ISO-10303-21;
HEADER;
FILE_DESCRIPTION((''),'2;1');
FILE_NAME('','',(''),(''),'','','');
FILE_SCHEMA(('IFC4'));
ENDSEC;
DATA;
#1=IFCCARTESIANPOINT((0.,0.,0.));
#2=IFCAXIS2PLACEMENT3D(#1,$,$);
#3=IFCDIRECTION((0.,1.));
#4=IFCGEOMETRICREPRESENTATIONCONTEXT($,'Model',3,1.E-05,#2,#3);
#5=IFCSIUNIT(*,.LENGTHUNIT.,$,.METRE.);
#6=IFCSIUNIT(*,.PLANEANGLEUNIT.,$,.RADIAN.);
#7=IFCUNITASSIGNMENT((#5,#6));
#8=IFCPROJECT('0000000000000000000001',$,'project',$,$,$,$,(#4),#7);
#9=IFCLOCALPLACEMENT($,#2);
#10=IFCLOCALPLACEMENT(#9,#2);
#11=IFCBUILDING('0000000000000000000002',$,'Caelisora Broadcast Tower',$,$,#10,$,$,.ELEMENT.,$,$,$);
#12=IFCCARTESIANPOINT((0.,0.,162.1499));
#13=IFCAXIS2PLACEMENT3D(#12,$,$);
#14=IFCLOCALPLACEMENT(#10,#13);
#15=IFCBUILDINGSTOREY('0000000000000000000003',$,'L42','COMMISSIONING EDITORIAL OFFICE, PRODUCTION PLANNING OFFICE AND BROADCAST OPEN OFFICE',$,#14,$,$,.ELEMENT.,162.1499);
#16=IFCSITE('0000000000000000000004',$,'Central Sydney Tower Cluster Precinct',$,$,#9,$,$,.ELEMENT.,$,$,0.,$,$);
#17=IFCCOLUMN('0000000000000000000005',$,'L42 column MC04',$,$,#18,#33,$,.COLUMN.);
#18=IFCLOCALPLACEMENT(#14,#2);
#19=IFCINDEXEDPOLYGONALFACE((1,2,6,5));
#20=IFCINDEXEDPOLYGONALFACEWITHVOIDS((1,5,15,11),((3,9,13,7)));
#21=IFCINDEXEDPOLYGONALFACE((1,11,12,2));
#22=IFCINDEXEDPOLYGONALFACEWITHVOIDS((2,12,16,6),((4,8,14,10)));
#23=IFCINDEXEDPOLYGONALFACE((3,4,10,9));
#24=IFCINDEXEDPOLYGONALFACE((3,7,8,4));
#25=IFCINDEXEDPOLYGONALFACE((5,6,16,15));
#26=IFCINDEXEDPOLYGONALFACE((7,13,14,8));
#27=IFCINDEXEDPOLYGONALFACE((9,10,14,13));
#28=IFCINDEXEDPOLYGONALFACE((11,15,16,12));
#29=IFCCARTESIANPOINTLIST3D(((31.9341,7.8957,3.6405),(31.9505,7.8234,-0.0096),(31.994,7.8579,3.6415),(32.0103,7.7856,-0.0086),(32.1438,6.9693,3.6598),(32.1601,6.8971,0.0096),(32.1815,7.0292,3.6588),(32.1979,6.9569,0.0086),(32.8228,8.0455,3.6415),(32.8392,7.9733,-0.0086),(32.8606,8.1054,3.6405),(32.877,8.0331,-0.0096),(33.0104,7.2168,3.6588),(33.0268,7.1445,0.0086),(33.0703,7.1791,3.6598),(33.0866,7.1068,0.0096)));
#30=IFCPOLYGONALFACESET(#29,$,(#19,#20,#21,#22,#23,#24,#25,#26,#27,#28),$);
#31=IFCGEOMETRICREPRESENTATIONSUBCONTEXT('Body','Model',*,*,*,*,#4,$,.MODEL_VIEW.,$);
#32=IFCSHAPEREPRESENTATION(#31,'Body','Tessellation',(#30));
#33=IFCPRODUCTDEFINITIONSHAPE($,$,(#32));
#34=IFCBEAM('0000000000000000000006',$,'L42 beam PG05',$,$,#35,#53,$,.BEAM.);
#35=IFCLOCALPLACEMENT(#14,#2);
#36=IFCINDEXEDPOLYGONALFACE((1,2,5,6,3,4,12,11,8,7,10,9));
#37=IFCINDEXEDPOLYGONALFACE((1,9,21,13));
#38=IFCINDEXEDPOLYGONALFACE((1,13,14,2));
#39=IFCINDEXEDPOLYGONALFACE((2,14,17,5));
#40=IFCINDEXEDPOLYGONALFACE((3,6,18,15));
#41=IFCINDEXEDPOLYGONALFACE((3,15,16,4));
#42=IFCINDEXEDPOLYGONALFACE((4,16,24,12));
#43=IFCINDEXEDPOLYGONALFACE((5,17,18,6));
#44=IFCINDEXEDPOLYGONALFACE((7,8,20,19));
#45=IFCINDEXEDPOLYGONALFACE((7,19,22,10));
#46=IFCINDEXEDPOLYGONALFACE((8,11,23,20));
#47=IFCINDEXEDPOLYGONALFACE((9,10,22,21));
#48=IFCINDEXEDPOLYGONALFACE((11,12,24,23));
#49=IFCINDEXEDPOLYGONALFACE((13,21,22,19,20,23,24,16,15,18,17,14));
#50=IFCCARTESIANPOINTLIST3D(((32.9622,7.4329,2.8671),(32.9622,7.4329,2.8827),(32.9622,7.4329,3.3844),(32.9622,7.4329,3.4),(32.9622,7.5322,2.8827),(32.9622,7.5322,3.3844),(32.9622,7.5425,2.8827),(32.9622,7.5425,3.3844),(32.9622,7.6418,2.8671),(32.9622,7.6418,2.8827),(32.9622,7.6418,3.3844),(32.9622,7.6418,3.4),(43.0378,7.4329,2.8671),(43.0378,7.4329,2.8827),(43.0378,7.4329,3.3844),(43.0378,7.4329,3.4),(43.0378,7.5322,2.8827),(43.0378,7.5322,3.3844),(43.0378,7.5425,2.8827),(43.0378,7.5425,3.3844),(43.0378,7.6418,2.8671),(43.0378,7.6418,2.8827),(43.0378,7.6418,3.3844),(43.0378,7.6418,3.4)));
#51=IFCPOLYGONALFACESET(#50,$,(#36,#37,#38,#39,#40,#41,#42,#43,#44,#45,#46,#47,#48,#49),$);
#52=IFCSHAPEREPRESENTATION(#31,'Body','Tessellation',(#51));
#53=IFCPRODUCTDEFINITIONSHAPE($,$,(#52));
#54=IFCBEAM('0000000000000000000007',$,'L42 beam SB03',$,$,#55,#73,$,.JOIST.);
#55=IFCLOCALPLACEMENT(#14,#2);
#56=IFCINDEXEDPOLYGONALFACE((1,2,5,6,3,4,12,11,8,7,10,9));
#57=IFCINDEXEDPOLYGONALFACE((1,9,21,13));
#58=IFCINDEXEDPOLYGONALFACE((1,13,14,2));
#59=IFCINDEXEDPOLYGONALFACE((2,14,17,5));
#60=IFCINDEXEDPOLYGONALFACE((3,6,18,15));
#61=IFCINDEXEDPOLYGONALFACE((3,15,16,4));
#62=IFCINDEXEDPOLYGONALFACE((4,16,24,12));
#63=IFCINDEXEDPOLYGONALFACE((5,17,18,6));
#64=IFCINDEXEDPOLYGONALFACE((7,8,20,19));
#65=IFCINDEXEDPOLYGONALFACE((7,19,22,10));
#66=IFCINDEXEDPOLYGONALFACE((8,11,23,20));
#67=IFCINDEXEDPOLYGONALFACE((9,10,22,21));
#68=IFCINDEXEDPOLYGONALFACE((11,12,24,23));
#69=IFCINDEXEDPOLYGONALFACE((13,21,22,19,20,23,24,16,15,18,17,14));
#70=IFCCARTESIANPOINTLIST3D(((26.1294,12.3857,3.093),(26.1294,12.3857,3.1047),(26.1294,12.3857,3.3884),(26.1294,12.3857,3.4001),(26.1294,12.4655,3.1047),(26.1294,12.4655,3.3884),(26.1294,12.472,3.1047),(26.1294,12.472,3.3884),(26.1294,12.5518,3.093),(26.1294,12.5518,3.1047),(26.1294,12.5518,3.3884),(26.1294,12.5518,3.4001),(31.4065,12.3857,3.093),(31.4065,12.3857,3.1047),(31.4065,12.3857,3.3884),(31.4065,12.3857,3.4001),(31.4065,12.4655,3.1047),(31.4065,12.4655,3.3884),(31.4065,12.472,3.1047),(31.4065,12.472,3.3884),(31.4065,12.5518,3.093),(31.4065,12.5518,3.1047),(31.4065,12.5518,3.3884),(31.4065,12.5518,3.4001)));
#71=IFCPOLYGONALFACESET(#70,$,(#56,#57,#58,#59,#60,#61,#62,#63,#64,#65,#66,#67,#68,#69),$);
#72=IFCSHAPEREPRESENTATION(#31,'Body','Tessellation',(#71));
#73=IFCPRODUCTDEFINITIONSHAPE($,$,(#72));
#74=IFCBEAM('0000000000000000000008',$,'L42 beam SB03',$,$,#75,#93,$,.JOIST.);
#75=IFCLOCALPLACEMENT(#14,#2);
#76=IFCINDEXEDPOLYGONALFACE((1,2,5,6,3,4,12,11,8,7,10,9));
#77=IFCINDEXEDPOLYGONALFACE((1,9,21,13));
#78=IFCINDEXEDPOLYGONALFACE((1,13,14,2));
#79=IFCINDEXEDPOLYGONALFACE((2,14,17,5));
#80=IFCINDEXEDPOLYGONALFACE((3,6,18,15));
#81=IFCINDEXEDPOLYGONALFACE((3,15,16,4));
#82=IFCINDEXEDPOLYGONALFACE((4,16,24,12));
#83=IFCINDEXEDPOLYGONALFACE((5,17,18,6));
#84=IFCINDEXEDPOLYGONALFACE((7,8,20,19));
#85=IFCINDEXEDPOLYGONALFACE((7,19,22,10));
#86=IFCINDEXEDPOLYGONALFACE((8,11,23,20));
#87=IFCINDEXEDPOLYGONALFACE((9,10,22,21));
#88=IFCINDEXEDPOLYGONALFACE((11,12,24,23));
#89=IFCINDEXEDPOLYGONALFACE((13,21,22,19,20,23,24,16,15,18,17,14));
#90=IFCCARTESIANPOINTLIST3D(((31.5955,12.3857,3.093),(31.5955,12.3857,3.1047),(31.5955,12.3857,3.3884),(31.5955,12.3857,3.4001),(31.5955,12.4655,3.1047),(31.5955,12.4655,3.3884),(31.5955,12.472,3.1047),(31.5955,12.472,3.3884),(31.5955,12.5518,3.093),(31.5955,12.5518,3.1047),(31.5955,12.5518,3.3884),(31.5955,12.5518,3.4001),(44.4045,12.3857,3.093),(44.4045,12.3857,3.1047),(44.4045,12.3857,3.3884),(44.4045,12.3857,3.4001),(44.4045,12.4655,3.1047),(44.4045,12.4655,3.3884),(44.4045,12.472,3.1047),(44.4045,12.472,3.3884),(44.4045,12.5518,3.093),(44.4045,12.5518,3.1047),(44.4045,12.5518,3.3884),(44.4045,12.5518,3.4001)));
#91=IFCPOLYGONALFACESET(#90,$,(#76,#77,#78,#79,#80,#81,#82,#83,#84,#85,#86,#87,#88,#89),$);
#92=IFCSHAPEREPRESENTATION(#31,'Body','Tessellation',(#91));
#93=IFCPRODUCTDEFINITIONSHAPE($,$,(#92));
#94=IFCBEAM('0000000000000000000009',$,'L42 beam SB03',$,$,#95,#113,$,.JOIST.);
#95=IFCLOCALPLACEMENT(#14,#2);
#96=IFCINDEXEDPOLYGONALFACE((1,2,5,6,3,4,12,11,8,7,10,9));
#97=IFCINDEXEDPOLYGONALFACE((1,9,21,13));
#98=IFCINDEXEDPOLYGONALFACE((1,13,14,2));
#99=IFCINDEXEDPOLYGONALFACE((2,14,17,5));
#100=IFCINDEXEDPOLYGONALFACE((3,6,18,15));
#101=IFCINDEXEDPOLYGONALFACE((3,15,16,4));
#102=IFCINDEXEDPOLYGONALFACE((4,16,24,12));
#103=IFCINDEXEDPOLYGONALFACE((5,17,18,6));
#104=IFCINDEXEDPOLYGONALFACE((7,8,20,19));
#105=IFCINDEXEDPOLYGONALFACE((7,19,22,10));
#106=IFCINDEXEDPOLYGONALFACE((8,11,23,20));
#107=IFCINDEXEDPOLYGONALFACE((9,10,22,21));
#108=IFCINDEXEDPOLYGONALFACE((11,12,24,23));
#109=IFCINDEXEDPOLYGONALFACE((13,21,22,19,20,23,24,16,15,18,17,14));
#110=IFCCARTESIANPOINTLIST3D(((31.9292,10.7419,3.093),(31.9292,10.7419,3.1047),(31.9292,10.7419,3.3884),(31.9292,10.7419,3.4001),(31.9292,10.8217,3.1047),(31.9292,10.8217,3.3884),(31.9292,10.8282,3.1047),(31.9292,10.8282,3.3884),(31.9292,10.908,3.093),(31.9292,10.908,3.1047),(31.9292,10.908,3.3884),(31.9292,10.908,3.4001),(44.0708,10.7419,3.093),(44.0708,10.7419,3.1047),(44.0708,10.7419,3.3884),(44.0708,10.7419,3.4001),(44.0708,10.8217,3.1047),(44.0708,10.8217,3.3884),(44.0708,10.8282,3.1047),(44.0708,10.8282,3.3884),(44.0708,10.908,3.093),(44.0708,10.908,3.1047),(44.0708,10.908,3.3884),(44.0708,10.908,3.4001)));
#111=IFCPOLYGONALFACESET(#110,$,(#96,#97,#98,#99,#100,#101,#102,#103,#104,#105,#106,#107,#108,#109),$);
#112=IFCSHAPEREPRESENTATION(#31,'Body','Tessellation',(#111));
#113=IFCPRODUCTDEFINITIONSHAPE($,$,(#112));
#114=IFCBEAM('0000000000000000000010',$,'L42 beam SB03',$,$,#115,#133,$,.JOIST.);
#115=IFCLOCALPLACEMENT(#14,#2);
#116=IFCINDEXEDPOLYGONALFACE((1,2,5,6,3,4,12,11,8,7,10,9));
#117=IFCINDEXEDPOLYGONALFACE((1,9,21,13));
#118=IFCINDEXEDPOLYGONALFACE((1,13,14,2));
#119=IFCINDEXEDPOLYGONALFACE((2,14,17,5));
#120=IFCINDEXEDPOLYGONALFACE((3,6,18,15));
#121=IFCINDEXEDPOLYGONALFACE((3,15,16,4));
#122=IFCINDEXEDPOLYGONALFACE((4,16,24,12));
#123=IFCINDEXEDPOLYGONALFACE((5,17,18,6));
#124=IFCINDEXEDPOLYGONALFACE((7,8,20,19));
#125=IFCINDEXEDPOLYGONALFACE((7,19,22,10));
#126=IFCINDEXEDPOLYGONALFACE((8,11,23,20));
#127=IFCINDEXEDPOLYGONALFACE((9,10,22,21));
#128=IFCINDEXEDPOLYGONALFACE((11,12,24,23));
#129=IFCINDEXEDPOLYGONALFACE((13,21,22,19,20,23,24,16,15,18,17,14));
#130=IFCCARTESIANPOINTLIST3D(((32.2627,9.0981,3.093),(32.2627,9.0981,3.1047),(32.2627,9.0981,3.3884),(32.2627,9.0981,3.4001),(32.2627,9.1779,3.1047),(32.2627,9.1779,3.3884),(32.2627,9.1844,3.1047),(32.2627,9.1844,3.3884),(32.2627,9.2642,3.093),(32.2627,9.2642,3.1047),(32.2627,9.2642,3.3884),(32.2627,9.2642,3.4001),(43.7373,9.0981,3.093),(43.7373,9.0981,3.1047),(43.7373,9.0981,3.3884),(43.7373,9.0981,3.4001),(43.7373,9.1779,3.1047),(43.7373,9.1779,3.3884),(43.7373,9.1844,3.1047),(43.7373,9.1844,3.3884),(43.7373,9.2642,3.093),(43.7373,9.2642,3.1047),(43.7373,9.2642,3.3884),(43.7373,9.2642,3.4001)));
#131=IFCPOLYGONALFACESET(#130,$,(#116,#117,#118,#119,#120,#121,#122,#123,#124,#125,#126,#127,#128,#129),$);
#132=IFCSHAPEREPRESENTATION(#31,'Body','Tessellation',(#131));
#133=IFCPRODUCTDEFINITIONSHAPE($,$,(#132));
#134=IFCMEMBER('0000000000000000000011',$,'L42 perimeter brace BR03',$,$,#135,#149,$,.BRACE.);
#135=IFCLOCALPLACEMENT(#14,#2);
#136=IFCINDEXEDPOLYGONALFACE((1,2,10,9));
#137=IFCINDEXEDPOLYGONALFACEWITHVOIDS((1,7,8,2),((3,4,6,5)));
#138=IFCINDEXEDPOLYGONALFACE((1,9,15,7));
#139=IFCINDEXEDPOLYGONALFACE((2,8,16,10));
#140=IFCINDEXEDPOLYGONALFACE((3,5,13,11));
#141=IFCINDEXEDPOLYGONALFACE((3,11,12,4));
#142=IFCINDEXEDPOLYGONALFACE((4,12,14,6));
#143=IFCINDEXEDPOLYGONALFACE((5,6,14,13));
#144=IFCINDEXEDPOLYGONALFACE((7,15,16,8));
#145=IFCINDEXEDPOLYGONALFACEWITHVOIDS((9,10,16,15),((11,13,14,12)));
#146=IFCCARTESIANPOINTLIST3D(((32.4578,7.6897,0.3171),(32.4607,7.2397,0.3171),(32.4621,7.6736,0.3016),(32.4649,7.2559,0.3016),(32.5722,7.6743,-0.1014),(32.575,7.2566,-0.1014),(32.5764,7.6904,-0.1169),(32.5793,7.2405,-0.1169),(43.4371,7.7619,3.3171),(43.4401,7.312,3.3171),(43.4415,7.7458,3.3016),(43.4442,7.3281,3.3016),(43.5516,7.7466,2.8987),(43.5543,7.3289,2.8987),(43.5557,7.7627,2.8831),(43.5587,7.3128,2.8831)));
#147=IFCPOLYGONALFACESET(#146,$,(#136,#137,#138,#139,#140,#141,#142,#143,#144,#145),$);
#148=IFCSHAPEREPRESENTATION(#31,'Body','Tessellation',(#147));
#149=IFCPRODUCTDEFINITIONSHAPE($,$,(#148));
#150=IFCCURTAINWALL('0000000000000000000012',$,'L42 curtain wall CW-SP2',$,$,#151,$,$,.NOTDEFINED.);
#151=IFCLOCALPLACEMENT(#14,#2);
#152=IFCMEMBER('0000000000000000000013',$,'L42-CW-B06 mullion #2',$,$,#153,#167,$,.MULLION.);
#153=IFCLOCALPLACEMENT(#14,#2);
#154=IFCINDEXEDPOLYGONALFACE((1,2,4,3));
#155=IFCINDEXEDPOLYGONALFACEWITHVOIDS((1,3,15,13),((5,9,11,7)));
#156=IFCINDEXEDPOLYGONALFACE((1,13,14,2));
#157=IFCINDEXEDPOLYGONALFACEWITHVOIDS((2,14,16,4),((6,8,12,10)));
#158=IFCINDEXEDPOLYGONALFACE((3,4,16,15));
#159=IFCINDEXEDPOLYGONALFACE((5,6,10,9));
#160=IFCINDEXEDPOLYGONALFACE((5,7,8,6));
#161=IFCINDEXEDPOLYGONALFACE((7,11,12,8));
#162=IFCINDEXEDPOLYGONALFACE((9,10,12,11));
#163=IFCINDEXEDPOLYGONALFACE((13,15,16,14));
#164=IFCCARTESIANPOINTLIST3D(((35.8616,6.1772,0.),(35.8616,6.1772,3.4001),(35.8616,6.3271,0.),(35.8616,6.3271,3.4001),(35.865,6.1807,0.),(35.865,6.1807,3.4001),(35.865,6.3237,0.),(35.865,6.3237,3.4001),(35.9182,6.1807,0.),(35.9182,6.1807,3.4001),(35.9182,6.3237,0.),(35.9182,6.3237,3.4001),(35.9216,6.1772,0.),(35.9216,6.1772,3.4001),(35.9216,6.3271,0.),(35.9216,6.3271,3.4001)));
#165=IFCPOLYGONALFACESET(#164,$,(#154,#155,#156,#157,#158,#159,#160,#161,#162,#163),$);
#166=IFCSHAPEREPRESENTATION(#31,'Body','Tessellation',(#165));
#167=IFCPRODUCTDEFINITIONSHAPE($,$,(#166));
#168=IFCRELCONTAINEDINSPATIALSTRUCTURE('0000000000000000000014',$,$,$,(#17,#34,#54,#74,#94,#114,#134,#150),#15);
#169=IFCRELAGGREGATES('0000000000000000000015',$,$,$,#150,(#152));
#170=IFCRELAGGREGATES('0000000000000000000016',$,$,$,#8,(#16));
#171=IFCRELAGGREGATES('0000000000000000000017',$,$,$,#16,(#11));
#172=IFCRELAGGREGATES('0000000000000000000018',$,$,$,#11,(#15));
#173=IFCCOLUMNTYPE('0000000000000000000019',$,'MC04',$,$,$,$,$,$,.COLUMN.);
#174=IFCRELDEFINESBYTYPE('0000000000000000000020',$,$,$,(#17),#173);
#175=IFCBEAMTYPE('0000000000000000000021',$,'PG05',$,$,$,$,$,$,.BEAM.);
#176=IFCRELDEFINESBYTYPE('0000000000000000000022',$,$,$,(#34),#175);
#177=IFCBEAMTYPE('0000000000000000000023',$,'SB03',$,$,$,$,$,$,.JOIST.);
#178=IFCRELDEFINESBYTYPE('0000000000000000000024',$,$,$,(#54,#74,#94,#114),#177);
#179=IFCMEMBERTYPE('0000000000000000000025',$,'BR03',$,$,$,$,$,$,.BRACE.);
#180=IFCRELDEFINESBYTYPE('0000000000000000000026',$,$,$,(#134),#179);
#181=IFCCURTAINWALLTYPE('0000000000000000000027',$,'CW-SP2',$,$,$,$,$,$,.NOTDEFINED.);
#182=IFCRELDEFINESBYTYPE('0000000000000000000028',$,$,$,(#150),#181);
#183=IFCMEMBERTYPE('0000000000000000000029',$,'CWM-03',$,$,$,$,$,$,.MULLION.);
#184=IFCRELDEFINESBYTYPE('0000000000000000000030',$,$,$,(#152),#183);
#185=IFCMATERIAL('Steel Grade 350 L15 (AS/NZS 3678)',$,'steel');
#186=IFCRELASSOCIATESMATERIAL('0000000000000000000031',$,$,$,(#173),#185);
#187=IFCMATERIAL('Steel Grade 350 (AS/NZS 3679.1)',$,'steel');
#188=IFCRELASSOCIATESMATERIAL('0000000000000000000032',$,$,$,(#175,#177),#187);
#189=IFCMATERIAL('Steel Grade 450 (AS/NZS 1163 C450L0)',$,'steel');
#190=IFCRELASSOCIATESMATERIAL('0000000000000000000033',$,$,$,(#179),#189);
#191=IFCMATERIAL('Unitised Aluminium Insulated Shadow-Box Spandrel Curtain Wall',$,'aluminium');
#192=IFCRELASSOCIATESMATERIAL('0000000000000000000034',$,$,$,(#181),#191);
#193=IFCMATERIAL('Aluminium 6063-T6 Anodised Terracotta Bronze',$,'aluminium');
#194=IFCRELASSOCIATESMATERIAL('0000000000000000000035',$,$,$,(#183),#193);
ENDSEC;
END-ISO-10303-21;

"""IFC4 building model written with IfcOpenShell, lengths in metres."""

from ifc_helpers import new_model, si_unit, direction, frame, origin, origin_2d, place, context, subcontext, project, spatial, hollow_rectangle, i_section, extrude, source, transform, mapped, material, material_profile, profile_set, type_object, type_shapes, element, aggregate, save


model = new_model("IFC4")

# Units and contexts
model_context = context("Model", 3, precision=1e-05, world=origin(), true_north=direction((0.0, 1.0)))
body_context = subcontext(model_context, "Body", "Model", "MODEL_VIEW")
ifc_project = project(units=[si_unit("LENGTHUNIT", "METRE"), si_unit("PLANEANGLEUNIT", "RADIAN")], contexts=[model_context])

# Site, building, storey
site_placement = place(None, origin())
site = spatial("IfcSite", under=ifc_project, at=site_placement, Name="Central Sydney Tower Cluster Precinct", CompositionType="ELEMENT", RefElevation=0.0)
building_placement = place(site_placement, origin())
building = spatial("IfcBuilding", under=site, at=building_placement, Name="Caelisora Broadcast Tower", CompositionType="ELEMENT")
storey_placement = place(building_placement, frame((0.0, 0.0, 162.1499)))
storey = spatial("IfcBuildingStorey", under=building, at=storey_placement, Name="L42", Description="COMMISSIONING EDITORIAL OFFICE, PRODUCTION PLANNING OFFICE AND BROADCAST OPEN OFFICE", CompositionType="ELEMENT", Elevation=162.1499)

# Column
ifc_material_1 = material(Name="Steel Grade 350 L15 (AS/NZS 3678)", Category="steel")
ifc_material_profile_1 = material_profile(ifc_material_1, hollow_rectangle(XDim=0.95, YDim=0.95, WallThickness=0.05, at=origin_2d()), Name="Steel Grade 350 L15 (AS/NZS 3678)")
ifc_profile_set_1 = profile_set([ifc_material_profile_1], Name="Steel Grade 350 L15 (AS/NZS 3678)")
column_type = type_object("IfcColumnType", Name="MC04", PredefinedType="COLUMN", material=ifc_profile_set_1)
shared_shape_1 = source(origin(), body_context, "Body", "SweptSolid", [
    extrude(hollow_rectangle(XDim=0.95, YDim=0.95, WallThickness=0.05, at=origin_2d()), origin(), (0.0, 0.0, 1.0), 3.6509),
])
type_shapes(column_type, [shared_shape_1])
column_placement = place(storey_placement, frame((32.5186, 7.4651, 0.0), z_axis=(-0.00448, 0.019794, 0.999794), x_axis=(-0.975327, -0.220767, 0.0)))
element("IfcColumn", 1, at=column_placement, inside=storey, type_object=column_type, Name="L42 column MC04", PredefinedType="COLUMN", context=body_context, shape_type="MappedRepresentation", body=[
    mapped(shared_shape_1, transform((0.0, 0.0, 0.0), scale=1.0)),
])

# Beams
ifc_material_2 = material(Name="Steel Grade 350 (AS/NZS 3679.1)", Category="steel")
ifc_material_profile_2 = material_profile(ifc_material_2, i_section(OverallWidth=0.209, OverallDepth=0.533, WebThickness=0.0103, FlangeThickness=0.0156, at=origin_2d()), Name="Steel Grade 350 (AS/NZS 3679.1)")
ifc_profile_set_2 = profile_set([ifc_material_profile_2], Name="Steel Grade 350 (AS/NZS 3679.1)")
beam_type_1 = type_object("IfcBeamType", Name="PG05", PredefinedType="BEAM", material=ifc_profile_set_2)
shared_shape_2 = source(origin(), body_context, "Body", "SweptSolid", [
    extrude(i_section(OverallWidth=0.209, OverallDepth=0.533, WebThickness=0.0103, FlangeThickness=0.0156, at=origin_2d()), origin(), (0.0, 0.0, 1.0), 10.0757),
])
type_shapes(beam_type_1, [shared_shape_2])
beam_1_placement = place(storey_placement, frame((32.9622, 7.5374, 3.1335), z_axis=(1.0, 0.0, 0.0), x_axis=(0.0, 1.0, 0.0)))
element("IfcBeam", 2, at=beam_1_placement, inside=storey, type_object=beam_type_1, Name="L42 beam PG05", PredefinedType="BEAM", context=body_context, shape_type="MappedRepresentation", body=[
    mapped(shared_shape_2, transform((0.0, 0.0, 0.0), scale=1.0)),
])
ifc_material_profile_3 = material_profile(ifc_material_2, i_section(OverallWidth=0.166, OverallDepth=0.3071, WebThickness=0.0066, FlangeThickness=0.0117, at=origin_2d()), Name="Steel Grade 350 (AS/NZS 3679.1)")
ifc_profile_set_3 = profile_set([ifc_material_profile_3], Name="Steel Grade 350 (AS/NZS 3679.1)")
beam_type_2 = type_object("IfcBeamType", Name="SB03", PredefinedType="JOIST", material=ifc_profile_set_3)
shared_shape_3 = source(origin(), body_context, "Body", "SweptSolid", [
    extrude(i_section(OverallWidth=0.166, OverallDepth=0.3071, WebThickness=0.0066, FlangeThickness=0.0117, at=origin_2d()), origin(), (0.0, 0.0, 1.0), 5.2771),
])
beam_2_placement = place(storey_placement, frame((26.1294, 12.4688, 3.2466), z_axis=(1.0, 0.0, 0.0), x_axis=(0.0, 1.0, 0.0)))
element("IfcBeam", 3, at=beam_2_placement, inside=storey, type_object=beam_type_2, Name="L42 beam SB03", PredefinedType="JOIST", context=body_context, shape_type="MappedRepresentation", body=[
    mapped(shared_shape_3, transform((0.0, 0.0, 0.0), scale=1.0)),
])
shared_shape_4 = source(origin(), body_context, "Body", "SweptSolid", [
    extrude(i_section(OverallWidth=0.166, OverallDepth=0.3071, WebThickness=0.0066, FlangeThickness=0.0117, at=origin_2d()), origin(), (0.0, 0.0, 1.0), 12.8091),
])
beam_3_placement = place(storey_placement, frame((31.5955, 12.4688, 3.2466), z_axis=(1.0, 0.0, 0.0), x_axis=(0.0, 1.0, 0.0)))
element("IfcBeam", 4, at=beam_3_placement, inside=storey, type_object=beam_type_2, Name="L42 beam SB03", PredefinedType="JOIST", context=body_context, shape_type="MappedRepresentation", body=[
    mapped(shared_shape_4, transform((0.0, 0.0, 0.0), scale=1.0)),
])
shared_shape_5 = source(origin(), body_context, "Body", "SweptSolid", [
    extrude(i_section(OverallWidth=0.166, OverallDepth=0.3071, WebThickness=0.0066, FlangeThickness=0.0117, at=origin_2d()), origin(), (0.0, 0.0, 1.0), 12.1416),
])
beam_4_placement = place(storey_placement, frame((31.9292, 10.825, 3.2466), z_axis=(1.0, 0.0, 0.0), x_axis=(0.0, 1.0, 0.0)))
element("IfcBeam", 5, at=beam_4_placement, inside=storey, type_object=beam_type_2, Name="L42 beam SB03", PredefinedType="JOIST", context=body_context, shape_type="MappedRepresentation", body=[
    mapped(shared_shape_5, transform((0.0, 0.0, 0.0), scale=1.0)),
])
shared_shape_6 = source(origin(), body_context, "Body", "SweptSolid", [
    extrude(i_section(OverallWidth=0.166, OverallDepth=0.3071, WebThickness=0.0066, FlangeThickness=0.0117, at=origin_2d()), origin(), (0.0, 0.0, 1.0), 11.4746),
])
type_shapes(beam_type_2, [shared_shape_3, shared_shape_4, shared_shape_5, shared_shape_6])
beam_5_placement = place(storey_placement, frame((32.2627, 9.1812, 3.2466), z_axis=(1.0, 0.0, 0.0), x_axis=(0.0, 1.0, 0.0)))
element("IfcBeam", 6, at=beam_5_placement, inside=storey, type_object=beam_type_2, Name="L42 beam SB03", PredefinedType="JOIST", context=body_context, shape_type="MappedRepresentation", body=[
    mapped(shared_shape_6, transform((0.0, 0.0, 0.0), scale=1.0)),
])

# Member
ifc_material_3 = material(Name="Steel Grade 450 (AS/NZS 1163 C450L0)", Category="steel")
ifc_material_profile_4 = material_profile(ifc_material_3, hollow_rectangle(XDim=0.45, YDim=0.45, WallThickness=0.0161, at=origin_2d()), Name="Steel Grade 450 (AS/NZS 1163 C450L0)")
ifc_profile_set_4 = profile_set([ifc_material_profile_4], Name="Steel Grade 450 (AS/NZS 1163 C450L0)")
member_type_1 = type_object("IfcMemberType", Name="BR03", PredefinedType="BRACE", material=ifc_profile_set_4)
shared_shape_7 = source(origin(), body_context, "Body", "SweptSolid", [
    extrude(hollow_rectangle(XDim=0.45, YDim=0.45, WallThickness=0.0161, at=origin_2d()), origin(), (0.0, 0.0, 1.0), 11.3821),
])
type_shapes(member_type_1, [shared_shape_7])
member_1_placement = place(storey_placement, frame((32.5186, 7.4651, 0.1001), z_axis=(0.964618, 0.006349, 0.263575), x_axis=(-0.006582, 0.999978, 0.0)))
element("IfcMember", 7, at=member_1_placement, inside=storey, type_object=member_type_1, Name="L42 perimeter brace BR03", PredefinedType="BRACE", context=body_context, shape_type="MappedRepresentation", body=[
    mapped(shared_shape_7, transform((0.0, 0.0, 0.0), scale=1.0)),
])

# Curtain wall, member
ifc_material_4 = material(Name="Unitised Aluminium Insulated Shadow-Box Spandrel Curtain Wall", Category="aluminium")
curtain_wall_type_1 = type_object("IfcCurtainWallType", Name="CW-SP2", PredefinedType="NOTDEFINED", material=ifc_material_4)
curtain_wall_1_placement = place(storey_placement, origin())
curtain_wall_1 = element("IfcCurtainWall", 8, at=curtain_wall_1_placement, inside=storey, type_object=curtain_wall_type_1, Name="L42 curtain wall CW-SP2", PredefinedType="NOTDEFINED")
ifc_material_5 = material(Name="Aluminium 6063-T6 Anodised Terracotta Bronze", Category="aluminium")
ifc_material_profile_5 = material_profile(ifc_material_5, hollow_rectangle(XDim=0.0601, YDim=0.1499, WallThickness=0.0034, at=origin_2d()), Name="Aluminium 6063-T6 Anodised Terracotta Bronze")
ifc_profile_set_5 = profile_set([ifc_material_profile_5], Name="Aluminium 6063-T6 Anodised Terracotta Bronze")
member_type_2 = type_object("IfcMemberType", Name="CWM-03", PredefinedType="MULLION", material=ifc_profile_set_5)
shared_shape_8 = source(origin(), body_context, "Body", "SweptSolid", [
    extrude(hollow_rectangle(XDim=0.0601, YDim=0.1499, WallThickness=0.0034, at=origin_2d()), origin(), (0.0, 0.0, 1.0), 3.4001),
])
type_shapes(member_type_2, [shared_shape_8])
member_2_placement = place(storey_placement, frame((35.8916, 6.2522, 0.0), z_axis=(0.0, 0.0, 1.0), x_axis=(1.0, 0.0, 0.0)))
member_2 = element("IfcMember", 9, at=member_2_placement, type_object=member_type_2, Name="L42-CW-B06 mullion #2", PredefinedType="MULLION", context=body_context, shape_type="MappedRepresentation", body=[
    mapped(shared_shape_8, transform((0.0, 0.0, 0.0), scale=1.0)),
])

aggregate(curtain_wall_1, [member_2])

save(model, "model.ifc")
